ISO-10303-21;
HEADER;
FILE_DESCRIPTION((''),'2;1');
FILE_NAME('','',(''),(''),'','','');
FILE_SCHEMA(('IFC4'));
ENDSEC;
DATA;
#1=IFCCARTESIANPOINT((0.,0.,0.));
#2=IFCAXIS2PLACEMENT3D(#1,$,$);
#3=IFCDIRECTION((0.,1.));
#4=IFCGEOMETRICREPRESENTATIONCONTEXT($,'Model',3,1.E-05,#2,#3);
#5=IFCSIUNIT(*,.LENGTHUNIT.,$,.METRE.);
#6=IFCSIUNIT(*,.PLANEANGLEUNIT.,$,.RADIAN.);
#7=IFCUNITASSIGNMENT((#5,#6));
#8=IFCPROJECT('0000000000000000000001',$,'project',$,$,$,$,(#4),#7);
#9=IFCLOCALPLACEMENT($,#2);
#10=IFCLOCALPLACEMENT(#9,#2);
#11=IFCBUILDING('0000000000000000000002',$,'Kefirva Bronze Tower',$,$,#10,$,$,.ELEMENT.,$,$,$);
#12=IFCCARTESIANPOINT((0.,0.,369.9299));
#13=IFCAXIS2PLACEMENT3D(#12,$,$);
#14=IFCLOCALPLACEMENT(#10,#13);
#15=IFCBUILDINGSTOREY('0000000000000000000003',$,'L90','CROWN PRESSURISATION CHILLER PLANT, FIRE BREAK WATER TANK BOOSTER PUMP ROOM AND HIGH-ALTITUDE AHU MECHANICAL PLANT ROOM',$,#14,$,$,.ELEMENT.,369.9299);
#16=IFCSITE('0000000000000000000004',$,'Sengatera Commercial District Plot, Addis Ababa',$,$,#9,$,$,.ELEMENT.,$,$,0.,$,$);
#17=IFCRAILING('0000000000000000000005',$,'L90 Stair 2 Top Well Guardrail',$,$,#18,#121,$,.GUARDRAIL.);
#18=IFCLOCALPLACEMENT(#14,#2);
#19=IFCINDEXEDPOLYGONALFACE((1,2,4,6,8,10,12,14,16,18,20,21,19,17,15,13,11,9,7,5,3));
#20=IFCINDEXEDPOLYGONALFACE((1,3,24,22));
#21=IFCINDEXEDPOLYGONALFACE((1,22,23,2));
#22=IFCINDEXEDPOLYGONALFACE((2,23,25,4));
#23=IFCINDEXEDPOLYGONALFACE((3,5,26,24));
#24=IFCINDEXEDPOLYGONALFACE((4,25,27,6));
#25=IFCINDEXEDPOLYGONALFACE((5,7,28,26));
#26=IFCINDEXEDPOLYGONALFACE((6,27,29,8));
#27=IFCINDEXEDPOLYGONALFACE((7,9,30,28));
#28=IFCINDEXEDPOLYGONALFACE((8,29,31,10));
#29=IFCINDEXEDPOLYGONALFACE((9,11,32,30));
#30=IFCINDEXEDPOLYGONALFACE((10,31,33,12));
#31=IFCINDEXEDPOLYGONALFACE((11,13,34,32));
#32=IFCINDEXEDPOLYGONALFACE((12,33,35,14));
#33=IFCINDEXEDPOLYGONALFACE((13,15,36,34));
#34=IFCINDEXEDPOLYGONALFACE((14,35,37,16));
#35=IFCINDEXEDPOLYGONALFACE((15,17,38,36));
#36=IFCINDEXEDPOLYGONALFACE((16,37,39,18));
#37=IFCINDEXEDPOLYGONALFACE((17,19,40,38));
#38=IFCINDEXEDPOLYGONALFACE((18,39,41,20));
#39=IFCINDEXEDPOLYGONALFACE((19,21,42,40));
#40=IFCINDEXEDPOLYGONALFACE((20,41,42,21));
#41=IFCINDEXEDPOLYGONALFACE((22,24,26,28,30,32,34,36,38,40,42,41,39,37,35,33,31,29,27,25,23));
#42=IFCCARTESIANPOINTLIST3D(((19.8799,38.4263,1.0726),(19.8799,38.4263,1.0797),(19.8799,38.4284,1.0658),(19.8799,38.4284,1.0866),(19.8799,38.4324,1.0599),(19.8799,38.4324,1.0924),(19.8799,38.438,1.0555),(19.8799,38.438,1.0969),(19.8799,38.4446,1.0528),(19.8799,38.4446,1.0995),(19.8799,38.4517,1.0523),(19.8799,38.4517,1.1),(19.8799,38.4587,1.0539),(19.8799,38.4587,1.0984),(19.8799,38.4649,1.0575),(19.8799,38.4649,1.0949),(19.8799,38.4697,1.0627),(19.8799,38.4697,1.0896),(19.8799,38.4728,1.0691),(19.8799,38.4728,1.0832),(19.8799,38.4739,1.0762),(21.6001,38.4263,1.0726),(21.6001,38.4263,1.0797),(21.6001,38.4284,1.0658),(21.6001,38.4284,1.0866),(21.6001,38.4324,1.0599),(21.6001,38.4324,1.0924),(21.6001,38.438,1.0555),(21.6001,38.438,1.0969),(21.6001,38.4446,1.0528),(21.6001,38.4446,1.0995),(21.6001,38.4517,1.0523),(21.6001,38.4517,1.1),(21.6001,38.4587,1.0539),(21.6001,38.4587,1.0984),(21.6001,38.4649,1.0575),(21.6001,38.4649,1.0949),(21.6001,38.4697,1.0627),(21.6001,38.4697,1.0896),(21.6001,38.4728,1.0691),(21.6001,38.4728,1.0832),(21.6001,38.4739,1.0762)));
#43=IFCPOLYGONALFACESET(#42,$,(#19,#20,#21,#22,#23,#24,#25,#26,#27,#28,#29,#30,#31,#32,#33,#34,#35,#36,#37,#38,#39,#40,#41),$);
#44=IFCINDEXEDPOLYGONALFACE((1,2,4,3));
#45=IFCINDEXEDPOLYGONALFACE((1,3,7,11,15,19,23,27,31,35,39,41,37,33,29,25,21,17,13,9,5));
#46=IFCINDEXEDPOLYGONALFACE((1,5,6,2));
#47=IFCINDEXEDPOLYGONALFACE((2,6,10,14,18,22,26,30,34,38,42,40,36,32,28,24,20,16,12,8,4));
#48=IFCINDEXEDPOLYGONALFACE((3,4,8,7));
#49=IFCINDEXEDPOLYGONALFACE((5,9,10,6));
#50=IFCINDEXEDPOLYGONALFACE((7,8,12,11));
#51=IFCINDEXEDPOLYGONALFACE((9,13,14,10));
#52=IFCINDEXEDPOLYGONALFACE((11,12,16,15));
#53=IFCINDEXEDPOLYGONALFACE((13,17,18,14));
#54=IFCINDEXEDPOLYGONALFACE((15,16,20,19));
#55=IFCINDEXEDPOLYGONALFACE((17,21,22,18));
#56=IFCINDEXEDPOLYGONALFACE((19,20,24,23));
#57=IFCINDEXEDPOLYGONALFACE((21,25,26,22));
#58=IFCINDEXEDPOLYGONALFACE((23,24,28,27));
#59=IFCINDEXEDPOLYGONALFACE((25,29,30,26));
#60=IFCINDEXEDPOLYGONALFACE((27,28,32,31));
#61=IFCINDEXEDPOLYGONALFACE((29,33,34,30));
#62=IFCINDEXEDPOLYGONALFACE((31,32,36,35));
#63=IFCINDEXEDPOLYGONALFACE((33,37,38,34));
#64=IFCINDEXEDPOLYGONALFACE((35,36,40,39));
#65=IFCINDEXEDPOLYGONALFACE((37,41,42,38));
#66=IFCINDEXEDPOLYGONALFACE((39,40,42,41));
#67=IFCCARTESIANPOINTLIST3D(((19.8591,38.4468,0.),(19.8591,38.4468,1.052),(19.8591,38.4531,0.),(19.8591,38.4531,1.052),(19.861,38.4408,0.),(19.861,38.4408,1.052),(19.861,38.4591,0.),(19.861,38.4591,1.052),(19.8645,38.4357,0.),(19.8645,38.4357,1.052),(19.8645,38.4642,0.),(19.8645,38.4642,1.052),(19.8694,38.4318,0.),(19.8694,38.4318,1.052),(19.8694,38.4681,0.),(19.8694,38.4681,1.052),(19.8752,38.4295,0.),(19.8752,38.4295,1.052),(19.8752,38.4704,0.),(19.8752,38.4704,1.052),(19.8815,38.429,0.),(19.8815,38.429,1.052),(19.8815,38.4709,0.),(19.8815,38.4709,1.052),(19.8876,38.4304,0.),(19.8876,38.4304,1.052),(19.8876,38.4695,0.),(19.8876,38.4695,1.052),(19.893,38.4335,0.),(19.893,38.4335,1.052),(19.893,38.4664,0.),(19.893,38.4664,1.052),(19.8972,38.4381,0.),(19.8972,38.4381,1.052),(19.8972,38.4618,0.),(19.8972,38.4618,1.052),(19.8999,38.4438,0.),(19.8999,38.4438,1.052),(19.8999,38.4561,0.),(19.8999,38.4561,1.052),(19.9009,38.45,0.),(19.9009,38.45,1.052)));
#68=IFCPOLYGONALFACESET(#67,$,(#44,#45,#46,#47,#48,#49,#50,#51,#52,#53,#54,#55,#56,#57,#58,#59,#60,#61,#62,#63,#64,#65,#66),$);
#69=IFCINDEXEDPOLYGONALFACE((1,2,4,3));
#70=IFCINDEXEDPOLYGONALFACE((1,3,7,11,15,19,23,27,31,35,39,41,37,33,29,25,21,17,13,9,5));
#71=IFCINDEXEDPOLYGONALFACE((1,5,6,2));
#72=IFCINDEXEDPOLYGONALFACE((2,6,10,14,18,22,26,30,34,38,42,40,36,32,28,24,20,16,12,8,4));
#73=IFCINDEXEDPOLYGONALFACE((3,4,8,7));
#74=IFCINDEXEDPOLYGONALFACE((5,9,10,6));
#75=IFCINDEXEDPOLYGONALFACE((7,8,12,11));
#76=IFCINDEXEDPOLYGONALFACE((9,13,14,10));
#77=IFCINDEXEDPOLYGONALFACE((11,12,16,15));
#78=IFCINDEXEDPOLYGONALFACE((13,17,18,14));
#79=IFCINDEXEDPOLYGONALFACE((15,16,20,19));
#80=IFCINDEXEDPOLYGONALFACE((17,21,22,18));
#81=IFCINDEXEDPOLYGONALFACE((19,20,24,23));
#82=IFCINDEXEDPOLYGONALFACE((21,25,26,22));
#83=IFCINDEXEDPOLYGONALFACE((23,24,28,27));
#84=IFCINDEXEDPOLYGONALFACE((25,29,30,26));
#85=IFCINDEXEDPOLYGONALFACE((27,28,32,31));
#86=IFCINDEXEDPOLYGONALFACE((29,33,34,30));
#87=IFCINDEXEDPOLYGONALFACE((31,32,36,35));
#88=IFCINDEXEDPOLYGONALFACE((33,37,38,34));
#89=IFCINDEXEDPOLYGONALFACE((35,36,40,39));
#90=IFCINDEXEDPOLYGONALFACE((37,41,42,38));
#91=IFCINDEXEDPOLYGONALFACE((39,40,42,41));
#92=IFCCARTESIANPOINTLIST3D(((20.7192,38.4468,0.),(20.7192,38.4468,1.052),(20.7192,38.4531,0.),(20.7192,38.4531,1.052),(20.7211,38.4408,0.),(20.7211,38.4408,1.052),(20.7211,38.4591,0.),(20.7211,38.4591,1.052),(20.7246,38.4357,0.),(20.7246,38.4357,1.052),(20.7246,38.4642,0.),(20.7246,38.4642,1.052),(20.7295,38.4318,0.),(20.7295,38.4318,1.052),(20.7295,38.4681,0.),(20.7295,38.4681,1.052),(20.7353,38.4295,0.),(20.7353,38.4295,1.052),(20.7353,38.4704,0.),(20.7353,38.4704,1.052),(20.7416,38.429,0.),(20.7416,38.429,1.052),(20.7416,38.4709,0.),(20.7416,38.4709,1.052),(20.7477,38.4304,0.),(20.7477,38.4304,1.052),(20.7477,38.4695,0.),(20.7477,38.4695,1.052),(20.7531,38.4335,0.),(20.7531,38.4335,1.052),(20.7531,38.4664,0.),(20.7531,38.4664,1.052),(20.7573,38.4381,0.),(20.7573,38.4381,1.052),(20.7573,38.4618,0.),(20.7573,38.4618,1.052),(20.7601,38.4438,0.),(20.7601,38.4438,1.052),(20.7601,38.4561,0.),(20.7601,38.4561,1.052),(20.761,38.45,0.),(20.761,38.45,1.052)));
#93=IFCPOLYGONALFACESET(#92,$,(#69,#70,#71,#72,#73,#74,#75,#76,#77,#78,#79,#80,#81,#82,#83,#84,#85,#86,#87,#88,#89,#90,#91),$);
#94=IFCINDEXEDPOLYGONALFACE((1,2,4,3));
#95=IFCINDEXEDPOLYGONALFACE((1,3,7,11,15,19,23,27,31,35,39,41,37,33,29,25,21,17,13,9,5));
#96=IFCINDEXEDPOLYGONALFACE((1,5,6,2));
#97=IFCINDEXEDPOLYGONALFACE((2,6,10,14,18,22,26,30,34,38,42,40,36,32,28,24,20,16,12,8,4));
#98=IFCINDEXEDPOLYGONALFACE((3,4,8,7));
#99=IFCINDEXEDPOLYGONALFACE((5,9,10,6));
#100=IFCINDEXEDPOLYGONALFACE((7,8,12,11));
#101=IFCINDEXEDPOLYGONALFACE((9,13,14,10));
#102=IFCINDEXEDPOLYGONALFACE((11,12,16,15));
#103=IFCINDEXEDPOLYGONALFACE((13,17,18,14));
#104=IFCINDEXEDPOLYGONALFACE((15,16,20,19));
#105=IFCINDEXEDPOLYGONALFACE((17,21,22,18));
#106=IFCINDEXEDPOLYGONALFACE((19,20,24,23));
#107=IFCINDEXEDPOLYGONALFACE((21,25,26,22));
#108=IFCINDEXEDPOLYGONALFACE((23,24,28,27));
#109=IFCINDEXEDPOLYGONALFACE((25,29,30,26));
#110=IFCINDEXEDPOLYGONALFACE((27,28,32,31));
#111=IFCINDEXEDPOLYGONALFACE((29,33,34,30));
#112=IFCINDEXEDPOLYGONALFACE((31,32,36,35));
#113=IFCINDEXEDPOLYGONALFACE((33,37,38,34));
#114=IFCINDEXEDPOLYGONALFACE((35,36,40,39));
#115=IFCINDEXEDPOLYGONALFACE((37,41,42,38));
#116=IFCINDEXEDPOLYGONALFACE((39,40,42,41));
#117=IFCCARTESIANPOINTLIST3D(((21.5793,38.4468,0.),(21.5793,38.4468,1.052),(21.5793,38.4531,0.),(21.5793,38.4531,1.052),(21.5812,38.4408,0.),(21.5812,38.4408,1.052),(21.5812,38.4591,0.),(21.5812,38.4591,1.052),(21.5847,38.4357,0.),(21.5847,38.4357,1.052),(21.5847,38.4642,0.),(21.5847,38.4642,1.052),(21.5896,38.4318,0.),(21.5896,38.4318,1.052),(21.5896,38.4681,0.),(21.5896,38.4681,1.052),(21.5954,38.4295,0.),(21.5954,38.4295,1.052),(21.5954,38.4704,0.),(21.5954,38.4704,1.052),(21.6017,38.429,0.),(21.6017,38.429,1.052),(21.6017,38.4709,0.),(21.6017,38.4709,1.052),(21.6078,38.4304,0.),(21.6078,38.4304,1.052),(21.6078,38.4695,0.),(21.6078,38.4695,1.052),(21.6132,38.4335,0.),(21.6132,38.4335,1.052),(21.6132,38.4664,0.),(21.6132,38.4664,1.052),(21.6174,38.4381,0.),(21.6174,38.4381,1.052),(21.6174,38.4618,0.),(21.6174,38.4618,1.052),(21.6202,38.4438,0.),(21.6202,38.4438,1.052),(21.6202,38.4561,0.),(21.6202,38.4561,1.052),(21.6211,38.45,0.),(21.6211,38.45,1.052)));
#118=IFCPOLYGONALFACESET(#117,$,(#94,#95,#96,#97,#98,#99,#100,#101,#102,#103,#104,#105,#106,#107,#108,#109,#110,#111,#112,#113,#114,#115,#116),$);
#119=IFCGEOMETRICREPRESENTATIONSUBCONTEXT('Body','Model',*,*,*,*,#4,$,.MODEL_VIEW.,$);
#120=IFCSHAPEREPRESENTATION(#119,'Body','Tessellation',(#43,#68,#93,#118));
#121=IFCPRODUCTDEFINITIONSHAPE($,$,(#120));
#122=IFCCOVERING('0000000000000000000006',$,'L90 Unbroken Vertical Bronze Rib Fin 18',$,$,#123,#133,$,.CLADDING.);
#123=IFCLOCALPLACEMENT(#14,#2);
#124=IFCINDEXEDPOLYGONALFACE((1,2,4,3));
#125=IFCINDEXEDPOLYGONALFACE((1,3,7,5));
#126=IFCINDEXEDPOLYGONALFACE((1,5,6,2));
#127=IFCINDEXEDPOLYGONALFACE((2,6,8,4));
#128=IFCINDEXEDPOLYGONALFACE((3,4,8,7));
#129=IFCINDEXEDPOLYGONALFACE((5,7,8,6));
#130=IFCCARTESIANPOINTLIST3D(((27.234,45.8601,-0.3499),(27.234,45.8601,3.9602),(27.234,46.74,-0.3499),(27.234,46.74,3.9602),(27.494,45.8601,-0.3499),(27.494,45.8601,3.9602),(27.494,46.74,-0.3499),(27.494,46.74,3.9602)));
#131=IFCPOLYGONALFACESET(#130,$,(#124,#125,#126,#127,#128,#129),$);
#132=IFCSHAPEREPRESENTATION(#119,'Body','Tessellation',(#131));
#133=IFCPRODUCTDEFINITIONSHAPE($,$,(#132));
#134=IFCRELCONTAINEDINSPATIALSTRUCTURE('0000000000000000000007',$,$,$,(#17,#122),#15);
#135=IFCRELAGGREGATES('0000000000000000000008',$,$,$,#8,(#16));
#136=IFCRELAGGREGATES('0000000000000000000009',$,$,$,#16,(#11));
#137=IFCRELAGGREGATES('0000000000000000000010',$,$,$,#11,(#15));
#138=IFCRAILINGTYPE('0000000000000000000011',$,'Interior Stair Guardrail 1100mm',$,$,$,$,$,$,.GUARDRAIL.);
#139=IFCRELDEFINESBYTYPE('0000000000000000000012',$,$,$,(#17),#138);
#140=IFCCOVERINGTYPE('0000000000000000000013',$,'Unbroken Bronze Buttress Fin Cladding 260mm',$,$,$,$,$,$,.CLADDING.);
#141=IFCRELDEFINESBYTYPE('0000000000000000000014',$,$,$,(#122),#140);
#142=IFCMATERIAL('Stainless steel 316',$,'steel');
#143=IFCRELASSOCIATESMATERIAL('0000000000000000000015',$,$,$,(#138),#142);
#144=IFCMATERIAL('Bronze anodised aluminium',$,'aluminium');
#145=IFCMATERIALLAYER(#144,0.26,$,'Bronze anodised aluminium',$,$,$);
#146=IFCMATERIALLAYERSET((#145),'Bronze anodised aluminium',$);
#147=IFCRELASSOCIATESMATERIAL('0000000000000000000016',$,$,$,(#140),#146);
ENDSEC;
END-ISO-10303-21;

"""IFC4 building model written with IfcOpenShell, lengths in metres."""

from ifc_helpers import new_model, si_unit, direction, frame, origin, origin_2d, place, context, subcontext, project, spatial, rectangle, circle, extrude, material, layer, layer_set, type_object, element, save


model = new_model("IFC4")

# Units and contexts
model_context = context("Model", 3, precision=1e-05, world=origin(), true_north=direction((0.0, 1.0)))
body_context = subcontext(model_context, "Body", "Model", "MODEL_VIEW")
ifc_project = project(units=[si_unit("LENGTHUNIT", "METRE"), si_unit("PLANEANGLEUNIT", "RADIAN")], contexts=[model_context])

# Site, building, storey
site_placement = place(None, origin())
site = spatial("IfcSite", under=ifc_project, at=site_placement, Name="Sengatera Commercial District Plot, Addis Ababa", CompositionType="ELEMENT", RefElevation=0.0)
building_placement = place(site_placement, origin())
building = spatial("IfcBuilding", under=site, at=building_placement, Name="Kefirva Bronze Tower", CompositionType="ELEMENT")
storey_placement = place(building_placement, frame((0.0, 0.0, 369.9299)))
storey = spatial("IfcBuildingStorey", under=building, at=storey_placement, Name="L90", Description="CROWN PRESSURISATION CHILLER PLANT, FIRE BREAK WATER TANK BOOSTER PUMP ROOM AND HIGH-ALTITUDE AHU MECHANICAL PLANT ROOM", CompositionType="ELEMENT", Elevation=369.9299)

# Shared definitions
ifc_material_1 = material(Name="Bronze anodised aluminium", Category="aluminium")

# Railing
ifc_material_2 = material(Name="Stainless steel 316", Category="steel")
railing_type = type_object("IfcRailingType", Name="Interior Stair Guardrail 1100mm", PredefinedType="GUARDRAIL", material=ifc_material_2)
railing_1_placement = place(storey_placement, frame((19.8799, 38.45, 0.0)))
element("IfcRailing", 1, at=railing_1_placement, inside=storey, type_object=railing_type, Name="L90 Stair 2 Top Well Guardrail", PredefinedType="GUARDRAIL", context=body_context, shape_type="SweptSolid", body=[
    extrude(circle(Radius=0.0239, at=origin_2d()), frame((0.0, 0.0, 1.0762), z_axis=(1.0, 0.0, 0.0), x_axis=(0.0, 1.0, 0.0)), (0.0, 0.0, 1.0), 1.7202),
    extrude(circle(Radius=0.021, at=origin_2d()), origin(), (0.0, 0.0, 1.0), 1.052),
    extrude(circle(Radius=0.021, at=origin_2d()), frame((0.8601, 0.0, 0.0)), (0.0, 0.0, 1.0), 1.052),
    extrude(circle(Radius=0.021, at=origin_2d()), frame((1.7202, 0.0, 0.0)), (0.0, 0.0, 1.0), 1.052),
])

# Covering
ifc_layer_1 = layer(ifc_material_1, 0.26, Name="Bronze anodised aluminium")
ifc_layer_set_1 = layer_set([ifc_layer_1], Name="Bronze anodised aluminium")
covering_type = type_object("IfcCoveringType", Name="Unbroken Bronze Buttress Fin Cladding 260mm", PredefinedType="CLADDING", material=ifc_layer_set_1)
covering_placement = place(storey_placement, frame((27.364, 46.3, -0.3499), z_axis=(0.0, 0.0, 1.0), x_axis=(-1.0, 0.0, 0.0)))
element("IfcCovering", 2, at=covering_placement, inside=storey, type_object=covering_type, Name="L90 Unbroken Vertical Bronze Rib Fin 18", PredefinedType="CLADDING", context=body_context, shape_type="SweptSolid", body=[
    extrude(rectangle(XDim=0.26, YDim=0.8799, at=origin_2d()), origin(), (0.0, 0.0, 1.0), 4.3101),
])

save(model, "model.ifc")
